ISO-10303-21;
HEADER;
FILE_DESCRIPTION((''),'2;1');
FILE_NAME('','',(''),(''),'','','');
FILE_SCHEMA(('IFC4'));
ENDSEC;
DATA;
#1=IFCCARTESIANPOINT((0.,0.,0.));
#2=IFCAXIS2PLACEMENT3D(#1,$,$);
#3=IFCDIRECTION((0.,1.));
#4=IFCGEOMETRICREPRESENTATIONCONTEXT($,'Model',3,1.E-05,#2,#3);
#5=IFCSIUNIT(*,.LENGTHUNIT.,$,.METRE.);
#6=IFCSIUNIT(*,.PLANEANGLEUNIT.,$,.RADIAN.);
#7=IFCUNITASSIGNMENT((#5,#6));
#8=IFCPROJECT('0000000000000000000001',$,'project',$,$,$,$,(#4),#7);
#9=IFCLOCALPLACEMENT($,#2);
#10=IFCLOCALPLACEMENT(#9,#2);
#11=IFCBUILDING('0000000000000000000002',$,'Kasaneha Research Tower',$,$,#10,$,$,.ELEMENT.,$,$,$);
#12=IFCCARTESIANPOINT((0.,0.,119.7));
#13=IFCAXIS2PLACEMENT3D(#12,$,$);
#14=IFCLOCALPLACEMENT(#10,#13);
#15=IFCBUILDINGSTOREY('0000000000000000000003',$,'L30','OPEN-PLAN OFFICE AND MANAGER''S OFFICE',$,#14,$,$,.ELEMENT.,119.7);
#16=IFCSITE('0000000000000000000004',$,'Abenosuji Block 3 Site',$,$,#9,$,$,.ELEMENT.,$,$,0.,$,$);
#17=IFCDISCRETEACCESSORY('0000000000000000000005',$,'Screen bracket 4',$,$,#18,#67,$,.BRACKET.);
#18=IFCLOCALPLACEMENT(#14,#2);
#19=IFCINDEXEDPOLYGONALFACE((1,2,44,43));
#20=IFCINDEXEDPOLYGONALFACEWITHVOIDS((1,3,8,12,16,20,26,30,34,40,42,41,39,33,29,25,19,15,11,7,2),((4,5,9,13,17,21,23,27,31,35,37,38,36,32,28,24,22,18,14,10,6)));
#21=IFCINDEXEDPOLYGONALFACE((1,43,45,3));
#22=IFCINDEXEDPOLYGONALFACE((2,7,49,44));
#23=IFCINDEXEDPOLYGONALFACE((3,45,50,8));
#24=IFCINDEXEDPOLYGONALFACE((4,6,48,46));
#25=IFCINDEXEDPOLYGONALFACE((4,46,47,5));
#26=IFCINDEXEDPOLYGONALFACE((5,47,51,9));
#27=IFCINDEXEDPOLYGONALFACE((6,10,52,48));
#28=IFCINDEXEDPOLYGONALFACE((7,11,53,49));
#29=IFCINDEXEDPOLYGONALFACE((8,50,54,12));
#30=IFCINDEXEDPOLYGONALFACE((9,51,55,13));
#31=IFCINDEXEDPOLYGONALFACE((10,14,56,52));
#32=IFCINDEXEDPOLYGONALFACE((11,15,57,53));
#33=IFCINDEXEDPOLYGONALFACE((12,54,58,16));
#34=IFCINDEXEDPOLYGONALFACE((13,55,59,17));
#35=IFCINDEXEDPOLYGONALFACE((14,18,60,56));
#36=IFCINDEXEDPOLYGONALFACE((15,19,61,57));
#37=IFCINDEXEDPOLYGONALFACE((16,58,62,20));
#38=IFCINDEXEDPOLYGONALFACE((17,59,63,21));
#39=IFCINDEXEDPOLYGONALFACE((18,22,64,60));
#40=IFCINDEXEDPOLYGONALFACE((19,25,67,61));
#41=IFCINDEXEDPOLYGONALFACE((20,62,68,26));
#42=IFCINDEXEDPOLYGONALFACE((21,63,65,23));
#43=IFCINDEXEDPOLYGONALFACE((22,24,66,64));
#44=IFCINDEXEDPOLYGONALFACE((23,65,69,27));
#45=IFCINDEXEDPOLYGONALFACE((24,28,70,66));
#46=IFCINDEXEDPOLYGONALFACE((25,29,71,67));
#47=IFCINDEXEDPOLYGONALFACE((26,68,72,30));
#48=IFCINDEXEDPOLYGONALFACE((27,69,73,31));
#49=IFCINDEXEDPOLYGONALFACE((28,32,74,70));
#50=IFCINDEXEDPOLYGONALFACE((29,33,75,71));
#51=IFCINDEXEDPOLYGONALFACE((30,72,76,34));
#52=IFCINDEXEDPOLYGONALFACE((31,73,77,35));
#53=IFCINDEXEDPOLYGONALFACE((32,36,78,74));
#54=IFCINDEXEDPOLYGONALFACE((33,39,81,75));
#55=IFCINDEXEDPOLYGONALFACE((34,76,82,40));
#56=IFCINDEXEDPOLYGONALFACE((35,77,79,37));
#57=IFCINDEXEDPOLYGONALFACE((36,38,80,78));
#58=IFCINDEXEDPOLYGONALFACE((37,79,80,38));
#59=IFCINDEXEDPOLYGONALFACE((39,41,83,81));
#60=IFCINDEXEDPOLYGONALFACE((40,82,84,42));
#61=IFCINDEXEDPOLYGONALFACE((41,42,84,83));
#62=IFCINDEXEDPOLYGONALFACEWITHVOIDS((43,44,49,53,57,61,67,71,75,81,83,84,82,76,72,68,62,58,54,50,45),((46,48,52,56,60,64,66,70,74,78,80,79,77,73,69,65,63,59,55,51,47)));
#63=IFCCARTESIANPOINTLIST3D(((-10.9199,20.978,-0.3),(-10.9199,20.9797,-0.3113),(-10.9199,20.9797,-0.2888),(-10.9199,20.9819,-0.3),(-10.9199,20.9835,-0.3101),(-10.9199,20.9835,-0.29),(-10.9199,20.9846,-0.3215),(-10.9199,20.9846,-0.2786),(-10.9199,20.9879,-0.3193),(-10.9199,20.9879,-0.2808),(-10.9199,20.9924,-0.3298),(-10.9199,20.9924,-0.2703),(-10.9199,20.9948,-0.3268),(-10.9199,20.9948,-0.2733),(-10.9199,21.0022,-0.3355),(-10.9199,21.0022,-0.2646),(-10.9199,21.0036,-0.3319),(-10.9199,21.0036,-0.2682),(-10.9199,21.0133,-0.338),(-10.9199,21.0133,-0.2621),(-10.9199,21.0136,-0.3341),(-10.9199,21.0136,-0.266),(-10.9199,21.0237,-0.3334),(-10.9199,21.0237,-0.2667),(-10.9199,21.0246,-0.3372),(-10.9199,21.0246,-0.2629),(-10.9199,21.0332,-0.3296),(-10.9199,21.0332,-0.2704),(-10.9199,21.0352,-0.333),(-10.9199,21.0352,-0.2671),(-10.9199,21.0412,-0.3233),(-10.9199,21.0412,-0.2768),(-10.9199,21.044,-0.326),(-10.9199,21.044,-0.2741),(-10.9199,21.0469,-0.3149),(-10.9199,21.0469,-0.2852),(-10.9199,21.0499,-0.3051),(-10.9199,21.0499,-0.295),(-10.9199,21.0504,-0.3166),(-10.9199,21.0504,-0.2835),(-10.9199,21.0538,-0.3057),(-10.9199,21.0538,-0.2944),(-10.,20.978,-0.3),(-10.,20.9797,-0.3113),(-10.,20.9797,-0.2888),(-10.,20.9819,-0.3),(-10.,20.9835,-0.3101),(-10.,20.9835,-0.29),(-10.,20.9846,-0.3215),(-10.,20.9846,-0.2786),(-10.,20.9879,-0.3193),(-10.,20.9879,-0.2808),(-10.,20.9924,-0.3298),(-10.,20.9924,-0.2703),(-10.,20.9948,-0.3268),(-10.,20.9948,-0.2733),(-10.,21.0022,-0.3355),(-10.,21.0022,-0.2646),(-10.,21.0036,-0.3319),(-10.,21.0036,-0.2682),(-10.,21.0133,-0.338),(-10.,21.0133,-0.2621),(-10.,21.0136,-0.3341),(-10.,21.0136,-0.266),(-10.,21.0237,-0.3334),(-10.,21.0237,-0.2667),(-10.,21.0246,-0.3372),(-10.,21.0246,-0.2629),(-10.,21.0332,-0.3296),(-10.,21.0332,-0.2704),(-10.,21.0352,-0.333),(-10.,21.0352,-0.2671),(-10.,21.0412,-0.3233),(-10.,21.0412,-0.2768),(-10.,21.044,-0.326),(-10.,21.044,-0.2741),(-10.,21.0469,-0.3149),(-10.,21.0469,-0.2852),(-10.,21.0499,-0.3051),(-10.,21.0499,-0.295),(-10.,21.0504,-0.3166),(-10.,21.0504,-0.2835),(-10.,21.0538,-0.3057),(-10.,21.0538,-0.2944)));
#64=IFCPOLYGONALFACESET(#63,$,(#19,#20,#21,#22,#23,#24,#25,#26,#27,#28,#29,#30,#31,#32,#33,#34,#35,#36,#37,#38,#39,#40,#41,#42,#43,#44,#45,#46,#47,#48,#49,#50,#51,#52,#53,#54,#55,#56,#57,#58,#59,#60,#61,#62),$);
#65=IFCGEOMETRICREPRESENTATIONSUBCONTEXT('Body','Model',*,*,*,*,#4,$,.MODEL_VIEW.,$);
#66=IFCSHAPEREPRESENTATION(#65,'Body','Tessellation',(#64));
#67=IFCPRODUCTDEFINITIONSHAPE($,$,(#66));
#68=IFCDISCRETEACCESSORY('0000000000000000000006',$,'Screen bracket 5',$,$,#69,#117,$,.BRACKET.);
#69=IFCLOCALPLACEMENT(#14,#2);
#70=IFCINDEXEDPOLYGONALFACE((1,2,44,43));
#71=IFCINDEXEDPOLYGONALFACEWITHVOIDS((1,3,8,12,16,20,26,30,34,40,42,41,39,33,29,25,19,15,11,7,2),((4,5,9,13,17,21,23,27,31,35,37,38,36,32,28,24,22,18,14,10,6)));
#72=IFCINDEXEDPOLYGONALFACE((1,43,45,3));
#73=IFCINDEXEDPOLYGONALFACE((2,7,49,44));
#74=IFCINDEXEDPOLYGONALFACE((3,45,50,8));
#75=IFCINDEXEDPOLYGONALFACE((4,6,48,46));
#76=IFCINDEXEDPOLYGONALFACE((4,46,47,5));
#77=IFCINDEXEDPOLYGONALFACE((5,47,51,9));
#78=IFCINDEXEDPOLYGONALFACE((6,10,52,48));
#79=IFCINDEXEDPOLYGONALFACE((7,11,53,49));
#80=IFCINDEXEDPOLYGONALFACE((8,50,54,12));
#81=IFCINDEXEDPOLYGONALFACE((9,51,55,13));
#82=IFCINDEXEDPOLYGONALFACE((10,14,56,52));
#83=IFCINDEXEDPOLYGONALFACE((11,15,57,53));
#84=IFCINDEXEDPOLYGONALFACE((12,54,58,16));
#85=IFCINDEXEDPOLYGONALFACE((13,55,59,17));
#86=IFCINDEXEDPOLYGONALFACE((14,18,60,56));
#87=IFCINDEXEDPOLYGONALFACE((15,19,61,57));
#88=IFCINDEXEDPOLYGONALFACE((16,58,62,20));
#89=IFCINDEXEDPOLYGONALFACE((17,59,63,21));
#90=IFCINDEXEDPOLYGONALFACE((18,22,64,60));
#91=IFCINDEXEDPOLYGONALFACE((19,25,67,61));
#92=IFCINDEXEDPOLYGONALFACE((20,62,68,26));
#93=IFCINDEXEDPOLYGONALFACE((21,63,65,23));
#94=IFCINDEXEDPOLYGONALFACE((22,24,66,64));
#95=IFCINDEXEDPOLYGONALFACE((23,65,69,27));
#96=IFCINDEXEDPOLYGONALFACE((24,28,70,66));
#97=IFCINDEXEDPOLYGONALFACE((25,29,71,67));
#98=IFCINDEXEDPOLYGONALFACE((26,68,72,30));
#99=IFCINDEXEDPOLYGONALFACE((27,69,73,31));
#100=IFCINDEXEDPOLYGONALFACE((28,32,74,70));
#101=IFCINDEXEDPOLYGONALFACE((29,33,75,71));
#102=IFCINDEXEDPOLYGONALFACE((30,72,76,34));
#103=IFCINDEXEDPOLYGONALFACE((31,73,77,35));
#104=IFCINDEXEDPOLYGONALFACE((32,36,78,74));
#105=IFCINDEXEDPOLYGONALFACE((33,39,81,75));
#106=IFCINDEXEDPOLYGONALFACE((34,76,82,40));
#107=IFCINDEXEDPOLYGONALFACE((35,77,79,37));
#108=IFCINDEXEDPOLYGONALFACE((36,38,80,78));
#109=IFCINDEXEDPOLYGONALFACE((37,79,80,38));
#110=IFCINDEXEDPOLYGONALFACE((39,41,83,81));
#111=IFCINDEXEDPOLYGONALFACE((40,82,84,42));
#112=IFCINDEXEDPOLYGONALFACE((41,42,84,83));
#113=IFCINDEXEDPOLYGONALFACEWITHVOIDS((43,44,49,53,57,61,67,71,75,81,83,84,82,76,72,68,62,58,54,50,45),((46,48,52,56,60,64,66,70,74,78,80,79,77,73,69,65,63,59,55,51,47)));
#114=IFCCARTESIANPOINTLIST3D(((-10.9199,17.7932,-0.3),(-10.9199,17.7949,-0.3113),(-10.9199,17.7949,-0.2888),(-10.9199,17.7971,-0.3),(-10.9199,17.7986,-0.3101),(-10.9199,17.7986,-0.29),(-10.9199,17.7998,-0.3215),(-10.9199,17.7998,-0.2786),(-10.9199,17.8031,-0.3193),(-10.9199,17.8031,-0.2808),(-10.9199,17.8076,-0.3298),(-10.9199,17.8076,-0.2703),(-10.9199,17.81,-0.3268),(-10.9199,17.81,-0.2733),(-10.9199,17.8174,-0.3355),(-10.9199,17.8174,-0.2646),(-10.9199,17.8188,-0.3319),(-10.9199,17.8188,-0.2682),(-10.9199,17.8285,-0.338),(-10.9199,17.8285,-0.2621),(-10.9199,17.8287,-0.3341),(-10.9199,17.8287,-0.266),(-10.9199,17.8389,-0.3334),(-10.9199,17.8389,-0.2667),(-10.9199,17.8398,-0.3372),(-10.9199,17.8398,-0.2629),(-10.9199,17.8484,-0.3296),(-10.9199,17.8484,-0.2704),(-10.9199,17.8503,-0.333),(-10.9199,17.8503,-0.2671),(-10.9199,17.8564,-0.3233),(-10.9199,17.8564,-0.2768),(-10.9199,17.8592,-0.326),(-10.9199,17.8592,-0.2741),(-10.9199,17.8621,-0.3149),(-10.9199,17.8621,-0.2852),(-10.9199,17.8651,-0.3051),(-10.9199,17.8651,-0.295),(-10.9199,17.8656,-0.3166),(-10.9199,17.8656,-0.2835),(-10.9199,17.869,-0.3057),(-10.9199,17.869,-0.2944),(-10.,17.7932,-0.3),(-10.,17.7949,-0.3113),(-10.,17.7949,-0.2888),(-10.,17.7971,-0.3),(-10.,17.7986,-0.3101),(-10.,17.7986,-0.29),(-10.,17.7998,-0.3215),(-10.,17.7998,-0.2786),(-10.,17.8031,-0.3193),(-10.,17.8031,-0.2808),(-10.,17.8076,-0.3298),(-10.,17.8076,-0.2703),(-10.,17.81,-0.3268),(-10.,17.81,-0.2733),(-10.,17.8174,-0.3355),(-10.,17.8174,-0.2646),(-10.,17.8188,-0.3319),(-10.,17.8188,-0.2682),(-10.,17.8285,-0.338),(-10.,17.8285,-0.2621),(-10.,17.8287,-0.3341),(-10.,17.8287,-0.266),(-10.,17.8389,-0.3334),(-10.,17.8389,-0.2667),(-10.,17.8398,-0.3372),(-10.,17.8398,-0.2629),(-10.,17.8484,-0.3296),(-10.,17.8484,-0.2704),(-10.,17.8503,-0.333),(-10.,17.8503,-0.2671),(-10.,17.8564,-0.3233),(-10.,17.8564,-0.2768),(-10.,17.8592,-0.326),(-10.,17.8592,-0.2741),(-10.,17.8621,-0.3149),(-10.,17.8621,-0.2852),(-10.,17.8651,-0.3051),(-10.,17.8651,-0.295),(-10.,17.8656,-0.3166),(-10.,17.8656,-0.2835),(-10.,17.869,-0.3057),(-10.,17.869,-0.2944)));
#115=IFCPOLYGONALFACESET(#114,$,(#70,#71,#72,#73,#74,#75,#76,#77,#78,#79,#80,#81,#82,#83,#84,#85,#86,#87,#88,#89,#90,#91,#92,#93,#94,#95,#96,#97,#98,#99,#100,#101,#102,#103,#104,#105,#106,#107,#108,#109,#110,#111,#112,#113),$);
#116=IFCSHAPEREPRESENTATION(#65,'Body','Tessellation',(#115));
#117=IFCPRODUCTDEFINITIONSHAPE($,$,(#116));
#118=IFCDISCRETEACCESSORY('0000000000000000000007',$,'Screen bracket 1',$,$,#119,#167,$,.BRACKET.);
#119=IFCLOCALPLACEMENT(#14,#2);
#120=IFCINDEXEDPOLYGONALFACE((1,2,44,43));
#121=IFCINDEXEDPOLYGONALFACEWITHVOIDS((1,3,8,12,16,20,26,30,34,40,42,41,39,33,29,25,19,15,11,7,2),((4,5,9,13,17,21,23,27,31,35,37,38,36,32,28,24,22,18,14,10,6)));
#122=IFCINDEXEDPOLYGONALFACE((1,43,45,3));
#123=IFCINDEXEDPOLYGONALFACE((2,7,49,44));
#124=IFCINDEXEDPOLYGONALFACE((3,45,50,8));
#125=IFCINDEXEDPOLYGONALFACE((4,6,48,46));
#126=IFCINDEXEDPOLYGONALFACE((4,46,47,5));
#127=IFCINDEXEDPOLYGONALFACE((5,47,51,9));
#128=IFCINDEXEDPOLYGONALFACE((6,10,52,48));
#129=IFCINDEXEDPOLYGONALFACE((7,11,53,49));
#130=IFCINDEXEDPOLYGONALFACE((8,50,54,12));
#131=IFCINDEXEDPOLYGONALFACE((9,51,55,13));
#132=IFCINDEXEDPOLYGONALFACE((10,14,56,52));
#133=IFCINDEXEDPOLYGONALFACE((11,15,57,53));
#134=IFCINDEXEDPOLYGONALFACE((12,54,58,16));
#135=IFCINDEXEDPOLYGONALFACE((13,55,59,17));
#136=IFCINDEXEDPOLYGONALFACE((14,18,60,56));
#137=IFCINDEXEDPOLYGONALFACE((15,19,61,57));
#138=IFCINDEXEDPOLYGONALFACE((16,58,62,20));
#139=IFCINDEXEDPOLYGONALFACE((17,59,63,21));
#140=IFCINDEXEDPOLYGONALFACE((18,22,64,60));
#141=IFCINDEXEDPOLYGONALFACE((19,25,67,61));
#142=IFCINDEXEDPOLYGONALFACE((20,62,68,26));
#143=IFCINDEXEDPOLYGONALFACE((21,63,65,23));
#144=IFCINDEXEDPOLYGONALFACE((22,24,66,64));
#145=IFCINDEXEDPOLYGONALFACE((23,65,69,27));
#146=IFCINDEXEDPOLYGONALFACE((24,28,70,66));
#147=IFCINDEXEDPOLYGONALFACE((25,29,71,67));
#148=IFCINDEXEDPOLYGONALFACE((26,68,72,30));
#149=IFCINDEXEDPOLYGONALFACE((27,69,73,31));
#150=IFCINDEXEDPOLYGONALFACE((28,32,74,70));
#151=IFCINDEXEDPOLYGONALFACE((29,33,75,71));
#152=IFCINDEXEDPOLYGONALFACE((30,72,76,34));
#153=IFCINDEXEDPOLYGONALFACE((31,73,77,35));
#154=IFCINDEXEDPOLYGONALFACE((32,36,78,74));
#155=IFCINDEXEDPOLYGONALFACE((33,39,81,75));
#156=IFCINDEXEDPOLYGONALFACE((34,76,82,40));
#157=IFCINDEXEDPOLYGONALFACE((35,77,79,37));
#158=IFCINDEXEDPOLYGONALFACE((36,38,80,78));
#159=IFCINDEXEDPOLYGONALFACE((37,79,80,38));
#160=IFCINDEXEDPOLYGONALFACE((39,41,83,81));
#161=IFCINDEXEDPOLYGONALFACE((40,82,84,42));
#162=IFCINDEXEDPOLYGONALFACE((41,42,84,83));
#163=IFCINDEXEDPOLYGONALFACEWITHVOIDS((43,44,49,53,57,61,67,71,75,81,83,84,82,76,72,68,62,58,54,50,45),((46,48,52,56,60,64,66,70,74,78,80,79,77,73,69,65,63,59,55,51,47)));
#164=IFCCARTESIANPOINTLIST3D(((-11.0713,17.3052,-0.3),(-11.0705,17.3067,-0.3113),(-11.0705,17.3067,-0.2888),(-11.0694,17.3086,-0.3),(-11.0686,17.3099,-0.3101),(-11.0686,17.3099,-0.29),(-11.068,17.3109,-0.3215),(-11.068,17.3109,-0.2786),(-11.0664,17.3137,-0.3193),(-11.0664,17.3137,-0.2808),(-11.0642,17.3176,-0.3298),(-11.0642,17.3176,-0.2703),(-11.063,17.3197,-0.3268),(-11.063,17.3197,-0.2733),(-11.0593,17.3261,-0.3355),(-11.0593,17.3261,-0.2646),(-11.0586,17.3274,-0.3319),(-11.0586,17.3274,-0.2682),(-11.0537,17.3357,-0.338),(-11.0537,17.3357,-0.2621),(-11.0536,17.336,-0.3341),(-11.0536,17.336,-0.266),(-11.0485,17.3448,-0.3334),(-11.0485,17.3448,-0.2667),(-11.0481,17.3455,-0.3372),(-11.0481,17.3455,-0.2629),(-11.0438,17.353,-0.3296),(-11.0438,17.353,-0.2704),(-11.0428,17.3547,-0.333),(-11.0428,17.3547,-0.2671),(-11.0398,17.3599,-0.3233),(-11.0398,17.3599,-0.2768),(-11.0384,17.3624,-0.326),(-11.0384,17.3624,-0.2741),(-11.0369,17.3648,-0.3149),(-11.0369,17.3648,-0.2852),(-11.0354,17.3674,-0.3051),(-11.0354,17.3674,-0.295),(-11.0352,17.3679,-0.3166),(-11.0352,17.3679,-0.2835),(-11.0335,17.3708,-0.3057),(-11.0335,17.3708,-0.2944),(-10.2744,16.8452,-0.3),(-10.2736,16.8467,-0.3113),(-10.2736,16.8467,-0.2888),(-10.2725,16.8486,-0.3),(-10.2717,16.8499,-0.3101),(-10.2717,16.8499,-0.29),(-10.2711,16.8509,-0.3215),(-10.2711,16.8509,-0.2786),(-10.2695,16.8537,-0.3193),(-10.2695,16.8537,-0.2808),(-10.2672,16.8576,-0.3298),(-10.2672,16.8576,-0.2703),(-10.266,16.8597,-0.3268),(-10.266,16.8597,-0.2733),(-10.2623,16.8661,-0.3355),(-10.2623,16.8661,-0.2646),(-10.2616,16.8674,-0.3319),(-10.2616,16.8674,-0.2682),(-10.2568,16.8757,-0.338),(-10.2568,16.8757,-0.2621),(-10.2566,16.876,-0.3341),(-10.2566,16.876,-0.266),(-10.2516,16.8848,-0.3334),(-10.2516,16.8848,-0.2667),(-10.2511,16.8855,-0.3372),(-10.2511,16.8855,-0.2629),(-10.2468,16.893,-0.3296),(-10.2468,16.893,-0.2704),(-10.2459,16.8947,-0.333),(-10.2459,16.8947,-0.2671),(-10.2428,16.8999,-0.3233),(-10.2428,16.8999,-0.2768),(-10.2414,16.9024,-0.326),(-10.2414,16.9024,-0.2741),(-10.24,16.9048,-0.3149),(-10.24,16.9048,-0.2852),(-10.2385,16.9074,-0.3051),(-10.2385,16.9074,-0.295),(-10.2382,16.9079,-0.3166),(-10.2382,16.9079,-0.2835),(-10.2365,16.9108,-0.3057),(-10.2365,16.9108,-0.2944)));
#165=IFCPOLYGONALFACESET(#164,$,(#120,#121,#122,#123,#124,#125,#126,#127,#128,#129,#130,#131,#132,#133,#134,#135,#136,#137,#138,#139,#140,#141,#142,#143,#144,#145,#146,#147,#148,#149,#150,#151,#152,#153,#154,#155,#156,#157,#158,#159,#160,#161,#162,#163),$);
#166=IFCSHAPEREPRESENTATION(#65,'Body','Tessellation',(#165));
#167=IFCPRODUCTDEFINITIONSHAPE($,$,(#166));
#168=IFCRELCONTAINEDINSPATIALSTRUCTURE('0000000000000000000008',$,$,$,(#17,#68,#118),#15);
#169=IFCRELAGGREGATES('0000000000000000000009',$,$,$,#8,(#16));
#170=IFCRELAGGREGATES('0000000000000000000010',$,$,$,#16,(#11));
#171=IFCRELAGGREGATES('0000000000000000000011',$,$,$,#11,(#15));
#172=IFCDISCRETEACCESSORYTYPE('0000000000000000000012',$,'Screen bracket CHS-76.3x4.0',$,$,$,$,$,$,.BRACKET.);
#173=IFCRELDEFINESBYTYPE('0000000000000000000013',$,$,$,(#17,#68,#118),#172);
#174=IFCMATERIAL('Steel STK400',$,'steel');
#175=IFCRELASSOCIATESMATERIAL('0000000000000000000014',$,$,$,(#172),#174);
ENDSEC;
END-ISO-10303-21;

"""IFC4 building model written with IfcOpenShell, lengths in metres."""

from ifc_helpers import new_model, si_unit, direction, frame, origin, origin_2d, place, context, subcontext, project, spatial, hollow_circle, extrude, material, material_profile, profile_set, type_object, element, save


model = new_model("IFC4")

# Units and contexts
model_context = context("Model", 3, precision=1e-05, world=origin(), true_north=direction((0.0, 1.0)))
body_context = subcontext(model_context, "Body", "Model", "MODEL_VIEW")
ifc_project = project(units=[si_unit("LENGTHUNIT", "METRE"), si_unit("PLANEANGLEUNIT", "RADIAN")], contexts=[model_context])

# Site, building, storey
site_placement = place(None, origin())
site = spatial("IfcSite", under=ifc_project, at=site_placement, Name="Abenosuji Block 3 Site", CompositionType="ELEMENT", RefElevation=0.0)
building_placement = place(site_placement, origin())
building = spatial("IfcBuilding", under=site, at=building_placement, Name="Kasaneha Research Tower", CompositionType="ELEMENT")
storey_placement = place(building_placement, frame((0.0, 0.0, 119.7)))
storey = spatial("IfcBuildingStorey", under=building, at=storey_placement, Name="L30", Description="OPEN-PLAN OFFICE AND MANAGER'S OFFICE", CompositionType="ELEMENT", Elevation=119.7)

# Discrete accessories
ifc_material_1 = material(Name="Steel STK400", Category="steel")
ifc_material_profile_1 = material_profile(ifc_material_1, hollow_circle(Radius=0.0381, WallThickness=0.0039, at=origin_2d()), Name="CHS-76.3x4.0")
ifc_profile_set_1 = profile_set([ifc_material_profile_1], Name="Steel STK400")
discrete_accessory_type = type_object("IfcDiscreteAccessoryType", Name="Screen bracket CHS-76.3x4.0", PredefinedType="BRACKET", material=ifc_profile_set_1)
for number, where, z_axis, x_axis, name in (
    (1, (-10.0, 21.0161, -0.3), (-1.0, 0.0, 0.0), (0.0, -1.0, 0.0), "Screen bracket 4"),
    (2, (-10.0, 17.8313, -0.3), (-1.0, 0.0, 0.0), (0.0, -1.0, 0.0), "Screen bracket 5"),
):
    element("IfcDiscreteAccessory", number, at=place(storey_placement, frame(where, z_axis=z_axis, x_axis=x_axis)), inside=storey, type_object=discrete_accessory_type, Name=name, PredefinedType="BRACKET", context=body_context, shape_type="SweptSolid", body=[
        extrude(hollow_circle(Radius=0.0381, WallThickness=0.0039, at=origin_2d()), origin(), (0.0, 0.0, 1.0), 0.9199),
    ])
discrete_accessory_placement = place(storey_placement, frame((-10.2554, 16.8782, -0.3), z_axis=(-0.86608, 0.499906, 0.0), x_axis=(-0.499906, -0.86608, 0.0)))
element("IfcDiscreteAccessory", 3, at=discrete_accessory_placement, inside=storey, type_object=discrete_accessory_type, Name="Screen bracket 1", PredefinedType="BRACKET", context=body_context, shape_type="SweptSolid", body=[
    extrude(hollow_circle(Radius=0.0381, WallThickness=0.0039, at=origin_2d()), origin(), (0.0, 0.0, 1.0), 0.9202),
])

save(model, "model.ifc")
